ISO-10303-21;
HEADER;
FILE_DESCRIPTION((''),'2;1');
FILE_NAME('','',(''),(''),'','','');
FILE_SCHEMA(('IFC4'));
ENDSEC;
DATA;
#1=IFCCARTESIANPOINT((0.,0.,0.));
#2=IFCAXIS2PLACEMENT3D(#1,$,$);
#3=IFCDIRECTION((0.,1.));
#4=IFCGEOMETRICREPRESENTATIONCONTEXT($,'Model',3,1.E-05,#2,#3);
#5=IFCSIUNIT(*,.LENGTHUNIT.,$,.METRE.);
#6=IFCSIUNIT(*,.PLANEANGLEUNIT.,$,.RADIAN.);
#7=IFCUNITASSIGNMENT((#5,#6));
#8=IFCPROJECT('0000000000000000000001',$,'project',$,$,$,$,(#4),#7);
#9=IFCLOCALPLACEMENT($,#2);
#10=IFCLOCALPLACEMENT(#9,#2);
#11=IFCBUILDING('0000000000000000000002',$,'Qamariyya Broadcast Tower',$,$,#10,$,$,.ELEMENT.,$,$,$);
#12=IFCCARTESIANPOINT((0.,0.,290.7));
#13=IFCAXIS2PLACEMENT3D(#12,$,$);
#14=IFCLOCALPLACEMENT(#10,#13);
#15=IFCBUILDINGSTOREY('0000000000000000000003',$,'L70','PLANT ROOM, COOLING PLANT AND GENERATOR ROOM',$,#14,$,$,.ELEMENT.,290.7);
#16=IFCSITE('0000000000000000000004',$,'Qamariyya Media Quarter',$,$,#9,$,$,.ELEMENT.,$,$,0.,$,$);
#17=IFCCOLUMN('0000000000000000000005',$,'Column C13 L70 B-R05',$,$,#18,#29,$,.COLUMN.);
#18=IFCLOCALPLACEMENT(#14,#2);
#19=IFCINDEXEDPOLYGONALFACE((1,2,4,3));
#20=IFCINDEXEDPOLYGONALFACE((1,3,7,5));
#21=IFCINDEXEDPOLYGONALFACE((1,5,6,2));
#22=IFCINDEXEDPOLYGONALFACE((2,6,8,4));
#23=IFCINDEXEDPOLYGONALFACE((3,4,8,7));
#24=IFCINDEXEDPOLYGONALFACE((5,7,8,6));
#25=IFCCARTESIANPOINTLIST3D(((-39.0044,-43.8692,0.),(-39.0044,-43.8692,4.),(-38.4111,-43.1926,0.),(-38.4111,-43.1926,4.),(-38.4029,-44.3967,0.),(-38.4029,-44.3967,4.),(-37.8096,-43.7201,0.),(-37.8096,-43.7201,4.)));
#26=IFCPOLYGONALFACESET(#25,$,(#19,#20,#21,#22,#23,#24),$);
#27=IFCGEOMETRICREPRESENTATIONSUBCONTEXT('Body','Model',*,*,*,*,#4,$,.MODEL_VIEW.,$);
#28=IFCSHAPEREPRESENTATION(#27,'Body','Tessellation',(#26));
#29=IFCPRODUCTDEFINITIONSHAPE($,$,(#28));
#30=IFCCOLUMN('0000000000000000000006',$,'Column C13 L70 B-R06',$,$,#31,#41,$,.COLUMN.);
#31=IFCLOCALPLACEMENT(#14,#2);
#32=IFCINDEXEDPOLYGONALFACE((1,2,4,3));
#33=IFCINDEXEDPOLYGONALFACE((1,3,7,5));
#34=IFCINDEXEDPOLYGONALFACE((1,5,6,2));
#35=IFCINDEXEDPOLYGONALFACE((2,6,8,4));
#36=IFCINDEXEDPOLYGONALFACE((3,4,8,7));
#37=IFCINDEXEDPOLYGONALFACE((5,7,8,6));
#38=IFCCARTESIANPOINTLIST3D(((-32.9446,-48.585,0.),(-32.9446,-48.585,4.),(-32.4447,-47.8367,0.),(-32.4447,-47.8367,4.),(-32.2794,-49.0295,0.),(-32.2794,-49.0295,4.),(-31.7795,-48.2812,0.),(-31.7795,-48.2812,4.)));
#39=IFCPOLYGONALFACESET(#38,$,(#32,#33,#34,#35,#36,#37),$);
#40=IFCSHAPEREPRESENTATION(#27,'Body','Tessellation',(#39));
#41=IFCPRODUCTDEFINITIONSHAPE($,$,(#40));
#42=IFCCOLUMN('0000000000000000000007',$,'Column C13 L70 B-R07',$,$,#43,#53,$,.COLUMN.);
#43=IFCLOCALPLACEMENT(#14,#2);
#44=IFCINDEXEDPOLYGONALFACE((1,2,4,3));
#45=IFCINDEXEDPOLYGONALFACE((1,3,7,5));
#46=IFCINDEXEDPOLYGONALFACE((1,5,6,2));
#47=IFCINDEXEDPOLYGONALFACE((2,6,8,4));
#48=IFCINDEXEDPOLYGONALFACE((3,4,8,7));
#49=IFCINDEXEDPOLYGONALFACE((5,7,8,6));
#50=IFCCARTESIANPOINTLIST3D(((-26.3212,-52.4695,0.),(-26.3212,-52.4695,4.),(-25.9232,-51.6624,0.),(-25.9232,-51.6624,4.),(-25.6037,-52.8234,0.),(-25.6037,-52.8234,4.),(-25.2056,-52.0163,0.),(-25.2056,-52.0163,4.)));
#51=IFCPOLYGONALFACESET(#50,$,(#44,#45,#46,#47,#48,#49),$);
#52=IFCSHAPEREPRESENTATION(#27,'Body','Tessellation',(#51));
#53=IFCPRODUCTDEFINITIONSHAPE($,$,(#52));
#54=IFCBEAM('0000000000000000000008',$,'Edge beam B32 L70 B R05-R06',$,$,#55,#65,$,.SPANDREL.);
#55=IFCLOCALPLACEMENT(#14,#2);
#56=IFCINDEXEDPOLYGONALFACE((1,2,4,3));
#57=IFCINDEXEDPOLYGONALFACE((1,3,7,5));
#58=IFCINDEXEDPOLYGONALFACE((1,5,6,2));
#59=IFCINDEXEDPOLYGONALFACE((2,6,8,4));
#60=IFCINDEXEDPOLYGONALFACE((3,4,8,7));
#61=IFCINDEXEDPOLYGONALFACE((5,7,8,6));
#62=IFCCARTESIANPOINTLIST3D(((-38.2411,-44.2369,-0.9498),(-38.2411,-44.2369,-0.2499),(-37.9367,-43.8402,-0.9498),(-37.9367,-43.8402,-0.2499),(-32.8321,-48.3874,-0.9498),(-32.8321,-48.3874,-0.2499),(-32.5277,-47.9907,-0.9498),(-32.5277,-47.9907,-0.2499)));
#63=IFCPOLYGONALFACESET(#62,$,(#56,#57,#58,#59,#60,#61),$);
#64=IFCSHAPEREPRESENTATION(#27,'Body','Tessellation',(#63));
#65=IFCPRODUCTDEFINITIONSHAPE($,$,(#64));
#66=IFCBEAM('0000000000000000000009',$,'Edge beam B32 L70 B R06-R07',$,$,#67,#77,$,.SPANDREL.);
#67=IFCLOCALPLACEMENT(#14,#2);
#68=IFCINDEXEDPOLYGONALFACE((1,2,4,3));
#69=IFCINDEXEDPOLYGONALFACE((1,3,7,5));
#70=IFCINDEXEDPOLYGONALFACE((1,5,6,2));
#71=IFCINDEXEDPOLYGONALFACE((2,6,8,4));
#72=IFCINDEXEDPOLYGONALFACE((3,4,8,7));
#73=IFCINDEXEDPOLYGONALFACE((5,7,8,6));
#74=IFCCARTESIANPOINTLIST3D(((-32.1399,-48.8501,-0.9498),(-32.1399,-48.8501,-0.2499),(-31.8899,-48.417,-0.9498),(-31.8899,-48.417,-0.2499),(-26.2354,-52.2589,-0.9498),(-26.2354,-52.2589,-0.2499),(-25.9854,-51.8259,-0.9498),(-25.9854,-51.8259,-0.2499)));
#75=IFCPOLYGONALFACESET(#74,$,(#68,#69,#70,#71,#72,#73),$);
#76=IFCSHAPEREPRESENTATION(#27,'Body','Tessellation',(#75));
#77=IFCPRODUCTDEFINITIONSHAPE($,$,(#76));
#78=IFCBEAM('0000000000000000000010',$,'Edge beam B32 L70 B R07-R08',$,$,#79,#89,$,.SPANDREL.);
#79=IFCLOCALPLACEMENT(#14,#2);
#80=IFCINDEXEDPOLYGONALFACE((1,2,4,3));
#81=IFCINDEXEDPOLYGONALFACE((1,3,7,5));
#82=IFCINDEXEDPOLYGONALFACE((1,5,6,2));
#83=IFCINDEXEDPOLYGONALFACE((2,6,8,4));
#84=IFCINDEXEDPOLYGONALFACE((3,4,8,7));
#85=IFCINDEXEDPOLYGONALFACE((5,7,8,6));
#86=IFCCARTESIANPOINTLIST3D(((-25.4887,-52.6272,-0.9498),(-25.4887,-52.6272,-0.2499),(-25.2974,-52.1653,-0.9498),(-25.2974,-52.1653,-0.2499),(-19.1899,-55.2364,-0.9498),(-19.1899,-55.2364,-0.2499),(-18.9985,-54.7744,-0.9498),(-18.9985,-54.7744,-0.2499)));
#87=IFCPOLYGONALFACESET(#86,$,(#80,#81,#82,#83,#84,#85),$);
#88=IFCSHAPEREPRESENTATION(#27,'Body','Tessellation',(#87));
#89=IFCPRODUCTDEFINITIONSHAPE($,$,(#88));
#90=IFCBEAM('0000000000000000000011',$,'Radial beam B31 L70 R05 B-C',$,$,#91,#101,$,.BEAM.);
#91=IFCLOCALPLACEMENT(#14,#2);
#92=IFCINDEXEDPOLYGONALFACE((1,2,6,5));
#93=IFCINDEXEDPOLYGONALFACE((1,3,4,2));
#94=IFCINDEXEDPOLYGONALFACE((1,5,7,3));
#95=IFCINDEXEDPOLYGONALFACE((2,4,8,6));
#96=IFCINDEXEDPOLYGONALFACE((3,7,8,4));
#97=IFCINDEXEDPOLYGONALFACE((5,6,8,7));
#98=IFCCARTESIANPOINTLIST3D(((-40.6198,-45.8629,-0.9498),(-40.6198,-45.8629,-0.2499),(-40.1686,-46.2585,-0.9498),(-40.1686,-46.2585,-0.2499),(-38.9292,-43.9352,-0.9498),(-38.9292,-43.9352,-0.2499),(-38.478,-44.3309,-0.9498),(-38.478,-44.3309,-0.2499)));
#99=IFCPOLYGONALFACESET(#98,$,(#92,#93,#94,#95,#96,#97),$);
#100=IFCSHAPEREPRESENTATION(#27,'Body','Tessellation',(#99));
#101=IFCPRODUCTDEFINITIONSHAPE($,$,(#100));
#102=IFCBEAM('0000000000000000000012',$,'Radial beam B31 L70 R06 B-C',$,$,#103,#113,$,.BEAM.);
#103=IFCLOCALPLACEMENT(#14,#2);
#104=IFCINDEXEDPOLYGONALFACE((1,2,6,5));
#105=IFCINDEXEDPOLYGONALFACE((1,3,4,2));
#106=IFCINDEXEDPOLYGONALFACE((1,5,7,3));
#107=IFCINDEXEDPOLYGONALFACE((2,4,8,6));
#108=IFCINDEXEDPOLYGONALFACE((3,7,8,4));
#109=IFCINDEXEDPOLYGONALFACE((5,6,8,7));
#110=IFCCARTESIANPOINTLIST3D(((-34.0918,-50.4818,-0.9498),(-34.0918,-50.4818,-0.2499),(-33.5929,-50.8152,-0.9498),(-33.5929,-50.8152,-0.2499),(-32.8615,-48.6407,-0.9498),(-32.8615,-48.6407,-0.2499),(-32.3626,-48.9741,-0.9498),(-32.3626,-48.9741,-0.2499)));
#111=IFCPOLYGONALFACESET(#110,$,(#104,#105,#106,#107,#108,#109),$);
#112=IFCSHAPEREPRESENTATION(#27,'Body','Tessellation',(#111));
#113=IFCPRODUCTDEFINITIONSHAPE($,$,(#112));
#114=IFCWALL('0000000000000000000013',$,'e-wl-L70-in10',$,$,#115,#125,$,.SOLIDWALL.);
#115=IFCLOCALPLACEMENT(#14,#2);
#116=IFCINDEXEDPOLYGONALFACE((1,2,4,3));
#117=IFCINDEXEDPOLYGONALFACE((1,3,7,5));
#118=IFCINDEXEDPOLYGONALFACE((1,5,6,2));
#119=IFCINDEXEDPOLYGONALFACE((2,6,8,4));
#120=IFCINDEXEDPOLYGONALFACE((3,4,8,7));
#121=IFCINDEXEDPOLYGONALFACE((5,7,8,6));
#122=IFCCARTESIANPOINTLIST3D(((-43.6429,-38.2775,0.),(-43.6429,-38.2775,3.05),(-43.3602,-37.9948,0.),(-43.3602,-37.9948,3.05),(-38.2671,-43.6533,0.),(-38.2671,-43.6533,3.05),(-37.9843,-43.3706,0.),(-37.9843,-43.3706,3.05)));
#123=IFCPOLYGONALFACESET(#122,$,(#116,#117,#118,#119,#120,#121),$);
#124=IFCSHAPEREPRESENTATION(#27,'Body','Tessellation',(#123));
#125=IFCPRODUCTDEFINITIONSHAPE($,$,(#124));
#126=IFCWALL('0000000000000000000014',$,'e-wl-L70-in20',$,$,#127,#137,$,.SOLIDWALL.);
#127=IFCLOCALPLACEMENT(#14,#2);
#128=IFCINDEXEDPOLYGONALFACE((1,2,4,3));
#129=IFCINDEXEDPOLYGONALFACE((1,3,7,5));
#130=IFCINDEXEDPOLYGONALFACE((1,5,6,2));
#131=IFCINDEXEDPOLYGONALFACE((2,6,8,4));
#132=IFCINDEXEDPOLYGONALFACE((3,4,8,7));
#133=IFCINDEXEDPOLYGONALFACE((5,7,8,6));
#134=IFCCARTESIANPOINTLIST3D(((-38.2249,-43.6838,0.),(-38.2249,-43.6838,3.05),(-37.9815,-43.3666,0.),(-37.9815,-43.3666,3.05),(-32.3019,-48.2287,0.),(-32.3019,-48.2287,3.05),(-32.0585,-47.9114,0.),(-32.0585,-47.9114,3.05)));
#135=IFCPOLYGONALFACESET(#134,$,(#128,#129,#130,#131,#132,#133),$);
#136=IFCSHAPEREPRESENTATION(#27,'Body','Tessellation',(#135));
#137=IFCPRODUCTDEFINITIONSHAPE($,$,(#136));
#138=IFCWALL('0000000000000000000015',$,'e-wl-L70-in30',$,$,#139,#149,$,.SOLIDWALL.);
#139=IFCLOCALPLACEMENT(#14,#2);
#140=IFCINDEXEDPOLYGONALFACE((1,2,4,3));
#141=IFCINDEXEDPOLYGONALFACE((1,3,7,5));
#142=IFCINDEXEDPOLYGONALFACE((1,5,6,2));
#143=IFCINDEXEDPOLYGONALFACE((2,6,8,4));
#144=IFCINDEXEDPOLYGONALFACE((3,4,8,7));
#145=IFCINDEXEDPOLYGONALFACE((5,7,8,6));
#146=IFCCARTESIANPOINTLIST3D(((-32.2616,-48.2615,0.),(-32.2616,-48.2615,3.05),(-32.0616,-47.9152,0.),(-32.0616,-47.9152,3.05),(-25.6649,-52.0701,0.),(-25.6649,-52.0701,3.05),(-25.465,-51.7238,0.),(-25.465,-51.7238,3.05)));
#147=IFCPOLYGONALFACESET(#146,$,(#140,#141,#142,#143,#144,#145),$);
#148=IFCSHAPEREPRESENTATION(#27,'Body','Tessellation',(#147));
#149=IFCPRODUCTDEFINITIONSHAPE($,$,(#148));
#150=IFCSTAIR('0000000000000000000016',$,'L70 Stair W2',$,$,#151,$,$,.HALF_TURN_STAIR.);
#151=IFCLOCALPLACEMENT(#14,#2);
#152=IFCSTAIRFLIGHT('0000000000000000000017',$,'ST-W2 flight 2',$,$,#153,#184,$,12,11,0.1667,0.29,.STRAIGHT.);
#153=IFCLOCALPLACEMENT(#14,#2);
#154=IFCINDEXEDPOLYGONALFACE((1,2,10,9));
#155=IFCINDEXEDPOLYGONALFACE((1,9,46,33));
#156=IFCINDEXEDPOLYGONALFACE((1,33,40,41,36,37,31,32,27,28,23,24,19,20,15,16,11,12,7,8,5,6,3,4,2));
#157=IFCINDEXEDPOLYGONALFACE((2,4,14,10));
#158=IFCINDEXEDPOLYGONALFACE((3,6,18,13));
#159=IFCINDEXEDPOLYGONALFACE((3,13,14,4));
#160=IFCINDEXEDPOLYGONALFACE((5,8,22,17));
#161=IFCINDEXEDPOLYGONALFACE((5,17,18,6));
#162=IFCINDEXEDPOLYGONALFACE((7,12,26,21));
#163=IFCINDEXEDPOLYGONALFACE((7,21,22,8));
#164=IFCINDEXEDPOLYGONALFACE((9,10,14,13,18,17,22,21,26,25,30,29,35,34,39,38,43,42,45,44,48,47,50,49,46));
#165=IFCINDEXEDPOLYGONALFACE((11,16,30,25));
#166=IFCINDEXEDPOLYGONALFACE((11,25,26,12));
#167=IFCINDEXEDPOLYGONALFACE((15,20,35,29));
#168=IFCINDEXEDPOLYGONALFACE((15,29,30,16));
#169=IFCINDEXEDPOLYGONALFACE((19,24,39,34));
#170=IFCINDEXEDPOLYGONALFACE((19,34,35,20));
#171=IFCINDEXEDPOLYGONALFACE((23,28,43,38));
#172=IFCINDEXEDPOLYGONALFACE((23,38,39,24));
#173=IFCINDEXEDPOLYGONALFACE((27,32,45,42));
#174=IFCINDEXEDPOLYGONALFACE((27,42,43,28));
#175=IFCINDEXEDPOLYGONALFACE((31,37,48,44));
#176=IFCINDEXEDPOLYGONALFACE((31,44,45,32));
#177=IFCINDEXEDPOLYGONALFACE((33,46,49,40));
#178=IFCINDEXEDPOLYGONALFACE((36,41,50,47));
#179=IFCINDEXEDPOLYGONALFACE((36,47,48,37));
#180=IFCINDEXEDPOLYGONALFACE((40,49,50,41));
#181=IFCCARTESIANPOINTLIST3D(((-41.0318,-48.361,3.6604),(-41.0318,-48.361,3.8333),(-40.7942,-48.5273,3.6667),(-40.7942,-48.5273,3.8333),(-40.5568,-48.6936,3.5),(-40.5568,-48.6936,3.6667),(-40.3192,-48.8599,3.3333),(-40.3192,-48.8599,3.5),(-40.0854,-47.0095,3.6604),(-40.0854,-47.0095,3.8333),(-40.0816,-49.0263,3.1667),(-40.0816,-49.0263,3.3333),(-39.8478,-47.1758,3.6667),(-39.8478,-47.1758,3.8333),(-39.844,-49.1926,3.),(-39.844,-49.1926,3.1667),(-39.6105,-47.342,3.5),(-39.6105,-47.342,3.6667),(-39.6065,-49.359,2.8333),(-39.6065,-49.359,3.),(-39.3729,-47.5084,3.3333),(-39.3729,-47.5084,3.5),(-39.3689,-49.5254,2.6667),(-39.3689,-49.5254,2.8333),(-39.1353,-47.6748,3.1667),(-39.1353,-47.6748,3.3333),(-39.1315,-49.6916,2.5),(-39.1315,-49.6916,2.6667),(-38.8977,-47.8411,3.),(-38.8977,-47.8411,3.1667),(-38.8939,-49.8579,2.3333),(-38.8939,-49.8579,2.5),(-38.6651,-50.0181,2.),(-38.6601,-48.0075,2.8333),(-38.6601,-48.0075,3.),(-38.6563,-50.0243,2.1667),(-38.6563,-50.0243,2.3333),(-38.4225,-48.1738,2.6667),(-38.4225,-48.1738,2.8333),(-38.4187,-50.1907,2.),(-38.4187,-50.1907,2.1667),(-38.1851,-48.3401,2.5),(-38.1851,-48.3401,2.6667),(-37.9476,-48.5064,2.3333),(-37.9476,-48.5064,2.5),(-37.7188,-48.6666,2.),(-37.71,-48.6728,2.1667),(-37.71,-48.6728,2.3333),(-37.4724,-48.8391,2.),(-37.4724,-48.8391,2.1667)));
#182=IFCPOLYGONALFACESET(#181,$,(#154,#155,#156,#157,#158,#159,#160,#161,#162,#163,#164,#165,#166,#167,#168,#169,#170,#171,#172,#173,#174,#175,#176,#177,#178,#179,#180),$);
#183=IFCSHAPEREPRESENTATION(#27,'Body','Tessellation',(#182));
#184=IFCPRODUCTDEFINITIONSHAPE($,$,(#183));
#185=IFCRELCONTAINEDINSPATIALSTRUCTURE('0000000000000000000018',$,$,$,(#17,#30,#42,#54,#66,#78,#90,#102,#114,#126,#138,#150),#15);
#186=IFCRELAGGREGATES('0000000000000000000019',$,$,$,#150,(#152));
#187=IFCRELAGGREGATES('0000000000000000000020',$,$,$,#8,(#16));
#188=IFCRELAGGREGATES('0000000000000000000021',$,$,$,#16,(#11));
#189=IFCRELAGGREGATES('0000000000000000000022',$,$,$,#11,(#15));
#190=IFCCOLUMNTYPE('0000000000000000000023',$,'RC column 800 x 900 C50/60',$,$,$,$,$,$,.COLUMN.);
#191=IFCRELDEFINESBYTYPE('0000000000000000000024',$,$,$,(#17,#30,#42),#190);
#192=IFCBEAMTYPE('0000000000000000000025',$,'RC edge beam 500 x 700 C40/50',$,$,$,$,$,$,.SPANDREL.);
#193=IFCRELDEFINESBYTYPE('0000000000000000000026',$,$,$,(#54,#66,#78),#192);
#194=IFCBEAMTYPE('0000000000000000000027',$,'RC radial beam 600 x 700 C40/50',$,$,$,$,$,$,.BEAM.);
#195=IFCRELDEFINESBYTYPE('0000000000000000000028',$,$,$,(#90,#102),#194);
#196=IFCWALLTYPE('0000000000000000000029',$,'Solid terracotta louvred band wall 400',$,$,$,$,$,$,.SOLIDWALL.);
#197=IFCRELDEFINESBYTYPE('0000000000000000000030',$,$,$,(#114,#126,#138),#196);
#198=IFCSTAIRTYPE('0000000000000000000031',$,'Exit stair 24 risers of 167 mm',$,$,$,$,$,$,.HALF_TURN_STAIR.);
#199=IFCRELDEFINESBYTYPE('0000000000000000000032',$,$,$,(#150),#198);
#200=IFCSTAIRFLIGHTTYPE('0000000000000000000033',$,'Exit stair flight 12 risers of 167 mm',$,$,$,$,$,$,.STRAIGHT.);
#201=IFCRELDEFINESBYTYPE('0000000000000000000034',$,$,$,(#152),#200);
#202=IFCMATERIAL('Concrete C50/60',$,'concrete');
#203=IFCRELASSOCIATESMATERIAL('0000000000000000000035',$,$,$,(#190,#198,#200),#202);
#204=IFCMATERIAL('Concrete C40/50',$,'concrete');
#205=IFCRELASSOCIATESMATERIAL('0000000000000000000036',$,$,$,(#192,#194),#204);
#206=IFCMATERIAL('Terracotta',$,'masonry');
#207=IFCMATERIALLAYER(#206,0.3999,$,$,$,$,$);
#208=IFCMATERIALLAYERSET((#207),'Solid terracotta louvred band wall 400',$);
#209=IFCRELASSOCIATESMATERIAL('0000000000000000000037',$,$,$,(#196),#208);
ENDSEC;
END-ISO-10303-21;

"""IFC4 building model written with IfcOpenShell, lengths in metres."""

from ifc_helpers import new_model, si_unit, direction, frame, frame_2d, origin, origin_2d, place, context, subcontext, project, spatial, polyline, rectangle, outline, extrude, material, layer, layer_set, material_profile, profile_set, type_object, element, aggregate, save


model = new_model("IFC4")

# Units and contexts
model_context = context("Model", 3, precision=1e-05, world=origin(), true_north=direction((0.0, 1.0)))
body_context = subcontext(model_context, "Body", "Model", "MODEL_VIEW")
ifc_project = project(units=[si_unit("LENGTHUNIT", "METRE"), si_unit("PLANEANGLEUNIT", "RADIAN")], contexts=[model_context])

# Site, building, storey
site_placement = place(None, origin())
site = spatial("IfcSite", under=ifc_project, at=site_placement, Name="Qamariyya Media Quarter", CompositionType="ELEMENT", RefElevation=0.0)
building_placement = place(site_placement, origin())
building = spatial("IfcBuilding", under=site, at=building_placement, Name="Qamariyya Broadcast Tower", CompositionType="ELEMENT")
storey_placement = place(building_placement, frame((0.0, 0.0, 290.7)))
storey = spatial("IfcBuildingStorey", under=building, at=storey_placement, Name="L70", Description="PLANT ROOM, COOLING PLANT AND GENERATOR ROOM", CompositionType="ELEMENT", Elevation=290.7)

# Columns
ifc_material_1 = material(Name="Concrete C50/60", Category="concrete")
ifc_material_profile_1 = material_profile(ifc_material_1, rectangle(XDim=0.8, YDim=0.8999, at=origin_2d()))
ifc_profile_set_1 = profile_set([ifc_material_profile_1], Name="Concrete C50/60")
column_type = type_object("IfcColumnType", Name="RC column 800 x 900 C50/60", PredefinedType="COLUMN", material=ifc_profile_set_1)
for number, where, z_axis, x_axis, name in (
    (1, (-38.407, -43.7947, 0.0), (0.0, 0.0, 1.0), (0.75184, -0.659346, 0.0), "Column C13 L70 B-R05"),
    (2, (-32.3621, -48.4331, 0.0), (0.0, 0.0, 1.0), (0.83147, -0.55557, 0.0), "Column C13 L70 B-R06"),
    (3, (-25.7634, -52.2429, 0.0), (0.0, 0.0, 1.0), (0.896873, -0.442289, 0.0), "Column C13 L70 B-R07"),
):
    element("IfcColumn", number, at=place(storey_placement, frame(where, z_axis=z_axis, x_axis=x_axis)), inside=storey, type_object=column_type, Name=name, PredefinedType="COLUMN", context=body_context, shape_type="SweptSolid", body=[
        extrude(rectangle(XDim=0.8, YDim=0.8999, at=origin_2d()), origin(), (0.0, 0.0, 1.0), 4.0),
    ])

# Beams
ifc_material_2 = material(Name="Concrete C40/50", Category="concrete")
ifc_material_profile_2 = material_profile(ifc_material_2, rectangle(XDim=0.5, YDim=0.7, at=origin_2d()))
ifc_profile_set_2 = profile_set([ifc_material_profile_2], Name="Concrete C40/50")
beam_type_1 = type_object("IfcBeamType", Name="RC edge beam 500 x 700 C40/50", PredefinedType="SPANDREL", material=ifc_profile_set_2)
for number, where, z_axis, x_axis, name in (
    (4, (-38.0889, -44.0386, -0.5999), (0.793356, -0.608759, 0.0), (0.608759, 0.793356, 0.0), "Edge beam B32 L70 B R05-R06"),
    (5, (-32.0149, -48.6335, -0.5999), (0.866029, -0.499994, 0.0), (0.499994, 0.866029, 0.0), "Edge beam B32 L70 B R06-R07"),
    (6, (-25.3931, -52.3962, -0.5999), (0.923876, -0.382692, 0.0), (0.382692, 0.923876, 0.0), "Edge beam B32 L70 B R07-R08"),
):
    element("IfcBeam", number, at=place(storey_placement, frame(where, z_axis=z_axis, x_axis=x_axis)), inside=storey, type_object=beam_type_1, Name=name, PredefinedType="SPANDREL", context=body_context, shape_type="SweptSolid", body=[
        extrude(rectangle(XDim=0.5, YDim=0.7, at=origin_2d()), origin(), (0.0, 0.0, 1.0), 6.8179),
    ])
ifc_material_profile_3 = material_profile(ifc_material_2, rectangle(XDim=0.6001, YDim=0.7, at=origin_2d()))
ifc_profile_set_3 = profile_set([ifc_material_profile_3], Name="Concrete C40/50")
beam_type_2 = type_object("IfcBeamType", Name="RC radial beam 600 x 700 C40/50", PredefinedType="BEAM", material=ifc_profile_set_3)
beam_1_placement = place(storey_placement, frame((-38.7036, -44.1331, -0.5999), z_axis=(-0.659367, -0.751821, 0.0), x_axis=(0.751821, -0.659367, 0.0)))
element("IfcBeam", 7, at=beam_1_placement, inside=storey, type_object=beam_type_2, Name="Radial beam B31 L70 R05 B-C", PredefinedType="BEAM", context=body_context, shape_type="SweptSolid", body=[
    extrude(rectangle(XDim=0.6001, YDim=0.7, at=origin_2d()), origin(), (0.0, 0.0, 1.0), 2.564),
])
beam_2_placement = place(storey_placement, frame((-32.6121, -48.8074, -0.5999), z_axis=(-0.55559, -0.831456, 0.0), x_axis=(0.831456, -0.55559, 0.0)))
element("IfcBeam", 8, at=beam_2_placement, inside=storey, type_object=beam_type_2, Name="Radial beam B31 L70 R06 B-C", PredefinedType="BEAM", context=body_context, shape_type="SweptSolid", body=[
    extrude(rectangle(XDim=0.6001, YDim=0.7, at=origin_2d()), origin(), (0.0, 0.0, 1.0), 2.2144),
])

# Walls
ifc_material_3 = material(Name="Terracotta", Category="masonry")
ifc_layer_1 = layer(ifc_material_3, 0.3999)
ifc_layer_set_1 = layer_set([ifc_layer_1], Name="Solid terracotta louvred band wall 400")
wall_type = type_object("IfcWallType", Name="Solid terracotta louvred band wall 400", PredefinedType="SOLIDWALL", material=ifc_layer_set_1)
wall_1_placement = place(storey_placement, frame((-38.1257, -43.512, 0.0), z_axis=(0.0, 0.0, 1.0), x_axis=(-0.707107, 0.707107, 0.0)))
element("IfcWall", 9, at=wall_1_placement, inside=storey, type_object=wall_type, Name="e-wl-L70-in10", PredefinedType="SOLIDWALL", context=body_context, shape_type="SweptSolid", body=[
    extrude(rectangle(XDim=7.6025, YDim=0.3999, at=frame_2d((3.8013, 0.0))), origin(), (0.0, 0.0, 1.0), 3.05),
])
wall_2_placement = place(storey_placement, frame((-32.1802, -48.0701, 0.0), z_axis=(0.0, 0.0, 1.0), x_axis=(-0.793355, 0.608759, 0.0)))
element("IfcWall", 10, at=wall_2_placement, inside=storey, type_object=wall_type, Name="e-wl-L70-in20", PredefinedType="SOLIDWALL", context=body_context, shape_type="SweptSolid", body=[
    extrude(rectangle(XDim=7.4658, YDim=0.3999, at=frame_2d((3.7329, 0.0))), origin(), (0.0, 0.0, 1.0), 3.05),
])
wall_3_placement = place(storey_placement, frame((-25.5649, -51.897, 0.0), z_axis=(0.0, 0.0, 1.0), x_axis=(-0.866025, 0.5, 0.0)))
element("IfcWall", 11, at=wall_3_placement, inside=storey, type_object=wall_type, Name="e-wl-L70-in30", PredefinedType="SOLIDWALL", context=body_context, shape_type="SweptSolid", body=[
    extrude(rectangle(XDim=7.6172, YDim=0.3999, at=frame_2d((3.8086, 0.0))), origin(), (0.0, 0.0, 1.0), 3.05),
])

# Stair, stair flight
stair_type = type_object("IfcStairType", Name="Exit stair 24 risers of 167 mm", PredefinedType="HALF_TURN_STAIR", material=ifc_material_1)
stair_placement = place(storey_placement, origin())
stair = element("IfcStair", 12, at=stair_placement, inside=storey, type_object=stair_type, Name="L70 Stair W2", PredefinedType="HALF_TURN_STAIR")
stair_flight_type = type_object("IfcStairFlightType", Name="Exit stair flight 12 risers of 167 mm", PredefinedType="STRAIGHT", material=ifc_material_1)
stair_flight_placement = place(storey_placement, frame((-37.9456, -49.5149, 2.0), z_axis=(0.0, 0.0, 1.0), x_axis=(-0.819152, 0.573576, 0.0)))
stair_flight = element("IfcStairFlight", 13, at=stair_flight_placement, type_object=stair_flight_type, Name="ST-W2 flight 2", NumberOfRisers=12, NumberOfTreads=11, PredefinedType="STRAIGHT", RiserHeight=0.1667, TreadLength=0.29, context=body_context, shape_type="SweptSolid", body=[
    extrude(outline(polyline([(0.0, 0.0), (0.0, 0.1667), (0.29, 0.1667), (0.29, 0.3333), (0.5801, 0.3333), (0.5801, 0.5), (0.8701, 0.5), (0.8701, 0.6667), (1.1599, 0.6667), (1.1599, 0.8333), (1.45, 0.8333), (1.45, 1.0), (1.74, 1.0), (1.74, 1.1667), (2.03, 1.1667), (2.03, 1.3333), (2.3201, 1.3333), (2.3201, 1.5), (2.6101, 1.5), (2.6101, 1.6667), (2.8999, 1.6667), (2.8999, 1.8333), (3.1899, 1.8333), (3.1899, 2.0), (3.1899, 1.6604), (0.3008, 0.0), (0.0, 0.0)])), frame((0.0, 0.825, 0.0), z_axis=(0.0, -1.0, 0.0), x_axis=(1.0, 0.0, 0.0)), (0.0, 0.0, 1.0), 1.6499),
])
aggregate(stair, [stair_flight])

save(model, "model.ifc")
